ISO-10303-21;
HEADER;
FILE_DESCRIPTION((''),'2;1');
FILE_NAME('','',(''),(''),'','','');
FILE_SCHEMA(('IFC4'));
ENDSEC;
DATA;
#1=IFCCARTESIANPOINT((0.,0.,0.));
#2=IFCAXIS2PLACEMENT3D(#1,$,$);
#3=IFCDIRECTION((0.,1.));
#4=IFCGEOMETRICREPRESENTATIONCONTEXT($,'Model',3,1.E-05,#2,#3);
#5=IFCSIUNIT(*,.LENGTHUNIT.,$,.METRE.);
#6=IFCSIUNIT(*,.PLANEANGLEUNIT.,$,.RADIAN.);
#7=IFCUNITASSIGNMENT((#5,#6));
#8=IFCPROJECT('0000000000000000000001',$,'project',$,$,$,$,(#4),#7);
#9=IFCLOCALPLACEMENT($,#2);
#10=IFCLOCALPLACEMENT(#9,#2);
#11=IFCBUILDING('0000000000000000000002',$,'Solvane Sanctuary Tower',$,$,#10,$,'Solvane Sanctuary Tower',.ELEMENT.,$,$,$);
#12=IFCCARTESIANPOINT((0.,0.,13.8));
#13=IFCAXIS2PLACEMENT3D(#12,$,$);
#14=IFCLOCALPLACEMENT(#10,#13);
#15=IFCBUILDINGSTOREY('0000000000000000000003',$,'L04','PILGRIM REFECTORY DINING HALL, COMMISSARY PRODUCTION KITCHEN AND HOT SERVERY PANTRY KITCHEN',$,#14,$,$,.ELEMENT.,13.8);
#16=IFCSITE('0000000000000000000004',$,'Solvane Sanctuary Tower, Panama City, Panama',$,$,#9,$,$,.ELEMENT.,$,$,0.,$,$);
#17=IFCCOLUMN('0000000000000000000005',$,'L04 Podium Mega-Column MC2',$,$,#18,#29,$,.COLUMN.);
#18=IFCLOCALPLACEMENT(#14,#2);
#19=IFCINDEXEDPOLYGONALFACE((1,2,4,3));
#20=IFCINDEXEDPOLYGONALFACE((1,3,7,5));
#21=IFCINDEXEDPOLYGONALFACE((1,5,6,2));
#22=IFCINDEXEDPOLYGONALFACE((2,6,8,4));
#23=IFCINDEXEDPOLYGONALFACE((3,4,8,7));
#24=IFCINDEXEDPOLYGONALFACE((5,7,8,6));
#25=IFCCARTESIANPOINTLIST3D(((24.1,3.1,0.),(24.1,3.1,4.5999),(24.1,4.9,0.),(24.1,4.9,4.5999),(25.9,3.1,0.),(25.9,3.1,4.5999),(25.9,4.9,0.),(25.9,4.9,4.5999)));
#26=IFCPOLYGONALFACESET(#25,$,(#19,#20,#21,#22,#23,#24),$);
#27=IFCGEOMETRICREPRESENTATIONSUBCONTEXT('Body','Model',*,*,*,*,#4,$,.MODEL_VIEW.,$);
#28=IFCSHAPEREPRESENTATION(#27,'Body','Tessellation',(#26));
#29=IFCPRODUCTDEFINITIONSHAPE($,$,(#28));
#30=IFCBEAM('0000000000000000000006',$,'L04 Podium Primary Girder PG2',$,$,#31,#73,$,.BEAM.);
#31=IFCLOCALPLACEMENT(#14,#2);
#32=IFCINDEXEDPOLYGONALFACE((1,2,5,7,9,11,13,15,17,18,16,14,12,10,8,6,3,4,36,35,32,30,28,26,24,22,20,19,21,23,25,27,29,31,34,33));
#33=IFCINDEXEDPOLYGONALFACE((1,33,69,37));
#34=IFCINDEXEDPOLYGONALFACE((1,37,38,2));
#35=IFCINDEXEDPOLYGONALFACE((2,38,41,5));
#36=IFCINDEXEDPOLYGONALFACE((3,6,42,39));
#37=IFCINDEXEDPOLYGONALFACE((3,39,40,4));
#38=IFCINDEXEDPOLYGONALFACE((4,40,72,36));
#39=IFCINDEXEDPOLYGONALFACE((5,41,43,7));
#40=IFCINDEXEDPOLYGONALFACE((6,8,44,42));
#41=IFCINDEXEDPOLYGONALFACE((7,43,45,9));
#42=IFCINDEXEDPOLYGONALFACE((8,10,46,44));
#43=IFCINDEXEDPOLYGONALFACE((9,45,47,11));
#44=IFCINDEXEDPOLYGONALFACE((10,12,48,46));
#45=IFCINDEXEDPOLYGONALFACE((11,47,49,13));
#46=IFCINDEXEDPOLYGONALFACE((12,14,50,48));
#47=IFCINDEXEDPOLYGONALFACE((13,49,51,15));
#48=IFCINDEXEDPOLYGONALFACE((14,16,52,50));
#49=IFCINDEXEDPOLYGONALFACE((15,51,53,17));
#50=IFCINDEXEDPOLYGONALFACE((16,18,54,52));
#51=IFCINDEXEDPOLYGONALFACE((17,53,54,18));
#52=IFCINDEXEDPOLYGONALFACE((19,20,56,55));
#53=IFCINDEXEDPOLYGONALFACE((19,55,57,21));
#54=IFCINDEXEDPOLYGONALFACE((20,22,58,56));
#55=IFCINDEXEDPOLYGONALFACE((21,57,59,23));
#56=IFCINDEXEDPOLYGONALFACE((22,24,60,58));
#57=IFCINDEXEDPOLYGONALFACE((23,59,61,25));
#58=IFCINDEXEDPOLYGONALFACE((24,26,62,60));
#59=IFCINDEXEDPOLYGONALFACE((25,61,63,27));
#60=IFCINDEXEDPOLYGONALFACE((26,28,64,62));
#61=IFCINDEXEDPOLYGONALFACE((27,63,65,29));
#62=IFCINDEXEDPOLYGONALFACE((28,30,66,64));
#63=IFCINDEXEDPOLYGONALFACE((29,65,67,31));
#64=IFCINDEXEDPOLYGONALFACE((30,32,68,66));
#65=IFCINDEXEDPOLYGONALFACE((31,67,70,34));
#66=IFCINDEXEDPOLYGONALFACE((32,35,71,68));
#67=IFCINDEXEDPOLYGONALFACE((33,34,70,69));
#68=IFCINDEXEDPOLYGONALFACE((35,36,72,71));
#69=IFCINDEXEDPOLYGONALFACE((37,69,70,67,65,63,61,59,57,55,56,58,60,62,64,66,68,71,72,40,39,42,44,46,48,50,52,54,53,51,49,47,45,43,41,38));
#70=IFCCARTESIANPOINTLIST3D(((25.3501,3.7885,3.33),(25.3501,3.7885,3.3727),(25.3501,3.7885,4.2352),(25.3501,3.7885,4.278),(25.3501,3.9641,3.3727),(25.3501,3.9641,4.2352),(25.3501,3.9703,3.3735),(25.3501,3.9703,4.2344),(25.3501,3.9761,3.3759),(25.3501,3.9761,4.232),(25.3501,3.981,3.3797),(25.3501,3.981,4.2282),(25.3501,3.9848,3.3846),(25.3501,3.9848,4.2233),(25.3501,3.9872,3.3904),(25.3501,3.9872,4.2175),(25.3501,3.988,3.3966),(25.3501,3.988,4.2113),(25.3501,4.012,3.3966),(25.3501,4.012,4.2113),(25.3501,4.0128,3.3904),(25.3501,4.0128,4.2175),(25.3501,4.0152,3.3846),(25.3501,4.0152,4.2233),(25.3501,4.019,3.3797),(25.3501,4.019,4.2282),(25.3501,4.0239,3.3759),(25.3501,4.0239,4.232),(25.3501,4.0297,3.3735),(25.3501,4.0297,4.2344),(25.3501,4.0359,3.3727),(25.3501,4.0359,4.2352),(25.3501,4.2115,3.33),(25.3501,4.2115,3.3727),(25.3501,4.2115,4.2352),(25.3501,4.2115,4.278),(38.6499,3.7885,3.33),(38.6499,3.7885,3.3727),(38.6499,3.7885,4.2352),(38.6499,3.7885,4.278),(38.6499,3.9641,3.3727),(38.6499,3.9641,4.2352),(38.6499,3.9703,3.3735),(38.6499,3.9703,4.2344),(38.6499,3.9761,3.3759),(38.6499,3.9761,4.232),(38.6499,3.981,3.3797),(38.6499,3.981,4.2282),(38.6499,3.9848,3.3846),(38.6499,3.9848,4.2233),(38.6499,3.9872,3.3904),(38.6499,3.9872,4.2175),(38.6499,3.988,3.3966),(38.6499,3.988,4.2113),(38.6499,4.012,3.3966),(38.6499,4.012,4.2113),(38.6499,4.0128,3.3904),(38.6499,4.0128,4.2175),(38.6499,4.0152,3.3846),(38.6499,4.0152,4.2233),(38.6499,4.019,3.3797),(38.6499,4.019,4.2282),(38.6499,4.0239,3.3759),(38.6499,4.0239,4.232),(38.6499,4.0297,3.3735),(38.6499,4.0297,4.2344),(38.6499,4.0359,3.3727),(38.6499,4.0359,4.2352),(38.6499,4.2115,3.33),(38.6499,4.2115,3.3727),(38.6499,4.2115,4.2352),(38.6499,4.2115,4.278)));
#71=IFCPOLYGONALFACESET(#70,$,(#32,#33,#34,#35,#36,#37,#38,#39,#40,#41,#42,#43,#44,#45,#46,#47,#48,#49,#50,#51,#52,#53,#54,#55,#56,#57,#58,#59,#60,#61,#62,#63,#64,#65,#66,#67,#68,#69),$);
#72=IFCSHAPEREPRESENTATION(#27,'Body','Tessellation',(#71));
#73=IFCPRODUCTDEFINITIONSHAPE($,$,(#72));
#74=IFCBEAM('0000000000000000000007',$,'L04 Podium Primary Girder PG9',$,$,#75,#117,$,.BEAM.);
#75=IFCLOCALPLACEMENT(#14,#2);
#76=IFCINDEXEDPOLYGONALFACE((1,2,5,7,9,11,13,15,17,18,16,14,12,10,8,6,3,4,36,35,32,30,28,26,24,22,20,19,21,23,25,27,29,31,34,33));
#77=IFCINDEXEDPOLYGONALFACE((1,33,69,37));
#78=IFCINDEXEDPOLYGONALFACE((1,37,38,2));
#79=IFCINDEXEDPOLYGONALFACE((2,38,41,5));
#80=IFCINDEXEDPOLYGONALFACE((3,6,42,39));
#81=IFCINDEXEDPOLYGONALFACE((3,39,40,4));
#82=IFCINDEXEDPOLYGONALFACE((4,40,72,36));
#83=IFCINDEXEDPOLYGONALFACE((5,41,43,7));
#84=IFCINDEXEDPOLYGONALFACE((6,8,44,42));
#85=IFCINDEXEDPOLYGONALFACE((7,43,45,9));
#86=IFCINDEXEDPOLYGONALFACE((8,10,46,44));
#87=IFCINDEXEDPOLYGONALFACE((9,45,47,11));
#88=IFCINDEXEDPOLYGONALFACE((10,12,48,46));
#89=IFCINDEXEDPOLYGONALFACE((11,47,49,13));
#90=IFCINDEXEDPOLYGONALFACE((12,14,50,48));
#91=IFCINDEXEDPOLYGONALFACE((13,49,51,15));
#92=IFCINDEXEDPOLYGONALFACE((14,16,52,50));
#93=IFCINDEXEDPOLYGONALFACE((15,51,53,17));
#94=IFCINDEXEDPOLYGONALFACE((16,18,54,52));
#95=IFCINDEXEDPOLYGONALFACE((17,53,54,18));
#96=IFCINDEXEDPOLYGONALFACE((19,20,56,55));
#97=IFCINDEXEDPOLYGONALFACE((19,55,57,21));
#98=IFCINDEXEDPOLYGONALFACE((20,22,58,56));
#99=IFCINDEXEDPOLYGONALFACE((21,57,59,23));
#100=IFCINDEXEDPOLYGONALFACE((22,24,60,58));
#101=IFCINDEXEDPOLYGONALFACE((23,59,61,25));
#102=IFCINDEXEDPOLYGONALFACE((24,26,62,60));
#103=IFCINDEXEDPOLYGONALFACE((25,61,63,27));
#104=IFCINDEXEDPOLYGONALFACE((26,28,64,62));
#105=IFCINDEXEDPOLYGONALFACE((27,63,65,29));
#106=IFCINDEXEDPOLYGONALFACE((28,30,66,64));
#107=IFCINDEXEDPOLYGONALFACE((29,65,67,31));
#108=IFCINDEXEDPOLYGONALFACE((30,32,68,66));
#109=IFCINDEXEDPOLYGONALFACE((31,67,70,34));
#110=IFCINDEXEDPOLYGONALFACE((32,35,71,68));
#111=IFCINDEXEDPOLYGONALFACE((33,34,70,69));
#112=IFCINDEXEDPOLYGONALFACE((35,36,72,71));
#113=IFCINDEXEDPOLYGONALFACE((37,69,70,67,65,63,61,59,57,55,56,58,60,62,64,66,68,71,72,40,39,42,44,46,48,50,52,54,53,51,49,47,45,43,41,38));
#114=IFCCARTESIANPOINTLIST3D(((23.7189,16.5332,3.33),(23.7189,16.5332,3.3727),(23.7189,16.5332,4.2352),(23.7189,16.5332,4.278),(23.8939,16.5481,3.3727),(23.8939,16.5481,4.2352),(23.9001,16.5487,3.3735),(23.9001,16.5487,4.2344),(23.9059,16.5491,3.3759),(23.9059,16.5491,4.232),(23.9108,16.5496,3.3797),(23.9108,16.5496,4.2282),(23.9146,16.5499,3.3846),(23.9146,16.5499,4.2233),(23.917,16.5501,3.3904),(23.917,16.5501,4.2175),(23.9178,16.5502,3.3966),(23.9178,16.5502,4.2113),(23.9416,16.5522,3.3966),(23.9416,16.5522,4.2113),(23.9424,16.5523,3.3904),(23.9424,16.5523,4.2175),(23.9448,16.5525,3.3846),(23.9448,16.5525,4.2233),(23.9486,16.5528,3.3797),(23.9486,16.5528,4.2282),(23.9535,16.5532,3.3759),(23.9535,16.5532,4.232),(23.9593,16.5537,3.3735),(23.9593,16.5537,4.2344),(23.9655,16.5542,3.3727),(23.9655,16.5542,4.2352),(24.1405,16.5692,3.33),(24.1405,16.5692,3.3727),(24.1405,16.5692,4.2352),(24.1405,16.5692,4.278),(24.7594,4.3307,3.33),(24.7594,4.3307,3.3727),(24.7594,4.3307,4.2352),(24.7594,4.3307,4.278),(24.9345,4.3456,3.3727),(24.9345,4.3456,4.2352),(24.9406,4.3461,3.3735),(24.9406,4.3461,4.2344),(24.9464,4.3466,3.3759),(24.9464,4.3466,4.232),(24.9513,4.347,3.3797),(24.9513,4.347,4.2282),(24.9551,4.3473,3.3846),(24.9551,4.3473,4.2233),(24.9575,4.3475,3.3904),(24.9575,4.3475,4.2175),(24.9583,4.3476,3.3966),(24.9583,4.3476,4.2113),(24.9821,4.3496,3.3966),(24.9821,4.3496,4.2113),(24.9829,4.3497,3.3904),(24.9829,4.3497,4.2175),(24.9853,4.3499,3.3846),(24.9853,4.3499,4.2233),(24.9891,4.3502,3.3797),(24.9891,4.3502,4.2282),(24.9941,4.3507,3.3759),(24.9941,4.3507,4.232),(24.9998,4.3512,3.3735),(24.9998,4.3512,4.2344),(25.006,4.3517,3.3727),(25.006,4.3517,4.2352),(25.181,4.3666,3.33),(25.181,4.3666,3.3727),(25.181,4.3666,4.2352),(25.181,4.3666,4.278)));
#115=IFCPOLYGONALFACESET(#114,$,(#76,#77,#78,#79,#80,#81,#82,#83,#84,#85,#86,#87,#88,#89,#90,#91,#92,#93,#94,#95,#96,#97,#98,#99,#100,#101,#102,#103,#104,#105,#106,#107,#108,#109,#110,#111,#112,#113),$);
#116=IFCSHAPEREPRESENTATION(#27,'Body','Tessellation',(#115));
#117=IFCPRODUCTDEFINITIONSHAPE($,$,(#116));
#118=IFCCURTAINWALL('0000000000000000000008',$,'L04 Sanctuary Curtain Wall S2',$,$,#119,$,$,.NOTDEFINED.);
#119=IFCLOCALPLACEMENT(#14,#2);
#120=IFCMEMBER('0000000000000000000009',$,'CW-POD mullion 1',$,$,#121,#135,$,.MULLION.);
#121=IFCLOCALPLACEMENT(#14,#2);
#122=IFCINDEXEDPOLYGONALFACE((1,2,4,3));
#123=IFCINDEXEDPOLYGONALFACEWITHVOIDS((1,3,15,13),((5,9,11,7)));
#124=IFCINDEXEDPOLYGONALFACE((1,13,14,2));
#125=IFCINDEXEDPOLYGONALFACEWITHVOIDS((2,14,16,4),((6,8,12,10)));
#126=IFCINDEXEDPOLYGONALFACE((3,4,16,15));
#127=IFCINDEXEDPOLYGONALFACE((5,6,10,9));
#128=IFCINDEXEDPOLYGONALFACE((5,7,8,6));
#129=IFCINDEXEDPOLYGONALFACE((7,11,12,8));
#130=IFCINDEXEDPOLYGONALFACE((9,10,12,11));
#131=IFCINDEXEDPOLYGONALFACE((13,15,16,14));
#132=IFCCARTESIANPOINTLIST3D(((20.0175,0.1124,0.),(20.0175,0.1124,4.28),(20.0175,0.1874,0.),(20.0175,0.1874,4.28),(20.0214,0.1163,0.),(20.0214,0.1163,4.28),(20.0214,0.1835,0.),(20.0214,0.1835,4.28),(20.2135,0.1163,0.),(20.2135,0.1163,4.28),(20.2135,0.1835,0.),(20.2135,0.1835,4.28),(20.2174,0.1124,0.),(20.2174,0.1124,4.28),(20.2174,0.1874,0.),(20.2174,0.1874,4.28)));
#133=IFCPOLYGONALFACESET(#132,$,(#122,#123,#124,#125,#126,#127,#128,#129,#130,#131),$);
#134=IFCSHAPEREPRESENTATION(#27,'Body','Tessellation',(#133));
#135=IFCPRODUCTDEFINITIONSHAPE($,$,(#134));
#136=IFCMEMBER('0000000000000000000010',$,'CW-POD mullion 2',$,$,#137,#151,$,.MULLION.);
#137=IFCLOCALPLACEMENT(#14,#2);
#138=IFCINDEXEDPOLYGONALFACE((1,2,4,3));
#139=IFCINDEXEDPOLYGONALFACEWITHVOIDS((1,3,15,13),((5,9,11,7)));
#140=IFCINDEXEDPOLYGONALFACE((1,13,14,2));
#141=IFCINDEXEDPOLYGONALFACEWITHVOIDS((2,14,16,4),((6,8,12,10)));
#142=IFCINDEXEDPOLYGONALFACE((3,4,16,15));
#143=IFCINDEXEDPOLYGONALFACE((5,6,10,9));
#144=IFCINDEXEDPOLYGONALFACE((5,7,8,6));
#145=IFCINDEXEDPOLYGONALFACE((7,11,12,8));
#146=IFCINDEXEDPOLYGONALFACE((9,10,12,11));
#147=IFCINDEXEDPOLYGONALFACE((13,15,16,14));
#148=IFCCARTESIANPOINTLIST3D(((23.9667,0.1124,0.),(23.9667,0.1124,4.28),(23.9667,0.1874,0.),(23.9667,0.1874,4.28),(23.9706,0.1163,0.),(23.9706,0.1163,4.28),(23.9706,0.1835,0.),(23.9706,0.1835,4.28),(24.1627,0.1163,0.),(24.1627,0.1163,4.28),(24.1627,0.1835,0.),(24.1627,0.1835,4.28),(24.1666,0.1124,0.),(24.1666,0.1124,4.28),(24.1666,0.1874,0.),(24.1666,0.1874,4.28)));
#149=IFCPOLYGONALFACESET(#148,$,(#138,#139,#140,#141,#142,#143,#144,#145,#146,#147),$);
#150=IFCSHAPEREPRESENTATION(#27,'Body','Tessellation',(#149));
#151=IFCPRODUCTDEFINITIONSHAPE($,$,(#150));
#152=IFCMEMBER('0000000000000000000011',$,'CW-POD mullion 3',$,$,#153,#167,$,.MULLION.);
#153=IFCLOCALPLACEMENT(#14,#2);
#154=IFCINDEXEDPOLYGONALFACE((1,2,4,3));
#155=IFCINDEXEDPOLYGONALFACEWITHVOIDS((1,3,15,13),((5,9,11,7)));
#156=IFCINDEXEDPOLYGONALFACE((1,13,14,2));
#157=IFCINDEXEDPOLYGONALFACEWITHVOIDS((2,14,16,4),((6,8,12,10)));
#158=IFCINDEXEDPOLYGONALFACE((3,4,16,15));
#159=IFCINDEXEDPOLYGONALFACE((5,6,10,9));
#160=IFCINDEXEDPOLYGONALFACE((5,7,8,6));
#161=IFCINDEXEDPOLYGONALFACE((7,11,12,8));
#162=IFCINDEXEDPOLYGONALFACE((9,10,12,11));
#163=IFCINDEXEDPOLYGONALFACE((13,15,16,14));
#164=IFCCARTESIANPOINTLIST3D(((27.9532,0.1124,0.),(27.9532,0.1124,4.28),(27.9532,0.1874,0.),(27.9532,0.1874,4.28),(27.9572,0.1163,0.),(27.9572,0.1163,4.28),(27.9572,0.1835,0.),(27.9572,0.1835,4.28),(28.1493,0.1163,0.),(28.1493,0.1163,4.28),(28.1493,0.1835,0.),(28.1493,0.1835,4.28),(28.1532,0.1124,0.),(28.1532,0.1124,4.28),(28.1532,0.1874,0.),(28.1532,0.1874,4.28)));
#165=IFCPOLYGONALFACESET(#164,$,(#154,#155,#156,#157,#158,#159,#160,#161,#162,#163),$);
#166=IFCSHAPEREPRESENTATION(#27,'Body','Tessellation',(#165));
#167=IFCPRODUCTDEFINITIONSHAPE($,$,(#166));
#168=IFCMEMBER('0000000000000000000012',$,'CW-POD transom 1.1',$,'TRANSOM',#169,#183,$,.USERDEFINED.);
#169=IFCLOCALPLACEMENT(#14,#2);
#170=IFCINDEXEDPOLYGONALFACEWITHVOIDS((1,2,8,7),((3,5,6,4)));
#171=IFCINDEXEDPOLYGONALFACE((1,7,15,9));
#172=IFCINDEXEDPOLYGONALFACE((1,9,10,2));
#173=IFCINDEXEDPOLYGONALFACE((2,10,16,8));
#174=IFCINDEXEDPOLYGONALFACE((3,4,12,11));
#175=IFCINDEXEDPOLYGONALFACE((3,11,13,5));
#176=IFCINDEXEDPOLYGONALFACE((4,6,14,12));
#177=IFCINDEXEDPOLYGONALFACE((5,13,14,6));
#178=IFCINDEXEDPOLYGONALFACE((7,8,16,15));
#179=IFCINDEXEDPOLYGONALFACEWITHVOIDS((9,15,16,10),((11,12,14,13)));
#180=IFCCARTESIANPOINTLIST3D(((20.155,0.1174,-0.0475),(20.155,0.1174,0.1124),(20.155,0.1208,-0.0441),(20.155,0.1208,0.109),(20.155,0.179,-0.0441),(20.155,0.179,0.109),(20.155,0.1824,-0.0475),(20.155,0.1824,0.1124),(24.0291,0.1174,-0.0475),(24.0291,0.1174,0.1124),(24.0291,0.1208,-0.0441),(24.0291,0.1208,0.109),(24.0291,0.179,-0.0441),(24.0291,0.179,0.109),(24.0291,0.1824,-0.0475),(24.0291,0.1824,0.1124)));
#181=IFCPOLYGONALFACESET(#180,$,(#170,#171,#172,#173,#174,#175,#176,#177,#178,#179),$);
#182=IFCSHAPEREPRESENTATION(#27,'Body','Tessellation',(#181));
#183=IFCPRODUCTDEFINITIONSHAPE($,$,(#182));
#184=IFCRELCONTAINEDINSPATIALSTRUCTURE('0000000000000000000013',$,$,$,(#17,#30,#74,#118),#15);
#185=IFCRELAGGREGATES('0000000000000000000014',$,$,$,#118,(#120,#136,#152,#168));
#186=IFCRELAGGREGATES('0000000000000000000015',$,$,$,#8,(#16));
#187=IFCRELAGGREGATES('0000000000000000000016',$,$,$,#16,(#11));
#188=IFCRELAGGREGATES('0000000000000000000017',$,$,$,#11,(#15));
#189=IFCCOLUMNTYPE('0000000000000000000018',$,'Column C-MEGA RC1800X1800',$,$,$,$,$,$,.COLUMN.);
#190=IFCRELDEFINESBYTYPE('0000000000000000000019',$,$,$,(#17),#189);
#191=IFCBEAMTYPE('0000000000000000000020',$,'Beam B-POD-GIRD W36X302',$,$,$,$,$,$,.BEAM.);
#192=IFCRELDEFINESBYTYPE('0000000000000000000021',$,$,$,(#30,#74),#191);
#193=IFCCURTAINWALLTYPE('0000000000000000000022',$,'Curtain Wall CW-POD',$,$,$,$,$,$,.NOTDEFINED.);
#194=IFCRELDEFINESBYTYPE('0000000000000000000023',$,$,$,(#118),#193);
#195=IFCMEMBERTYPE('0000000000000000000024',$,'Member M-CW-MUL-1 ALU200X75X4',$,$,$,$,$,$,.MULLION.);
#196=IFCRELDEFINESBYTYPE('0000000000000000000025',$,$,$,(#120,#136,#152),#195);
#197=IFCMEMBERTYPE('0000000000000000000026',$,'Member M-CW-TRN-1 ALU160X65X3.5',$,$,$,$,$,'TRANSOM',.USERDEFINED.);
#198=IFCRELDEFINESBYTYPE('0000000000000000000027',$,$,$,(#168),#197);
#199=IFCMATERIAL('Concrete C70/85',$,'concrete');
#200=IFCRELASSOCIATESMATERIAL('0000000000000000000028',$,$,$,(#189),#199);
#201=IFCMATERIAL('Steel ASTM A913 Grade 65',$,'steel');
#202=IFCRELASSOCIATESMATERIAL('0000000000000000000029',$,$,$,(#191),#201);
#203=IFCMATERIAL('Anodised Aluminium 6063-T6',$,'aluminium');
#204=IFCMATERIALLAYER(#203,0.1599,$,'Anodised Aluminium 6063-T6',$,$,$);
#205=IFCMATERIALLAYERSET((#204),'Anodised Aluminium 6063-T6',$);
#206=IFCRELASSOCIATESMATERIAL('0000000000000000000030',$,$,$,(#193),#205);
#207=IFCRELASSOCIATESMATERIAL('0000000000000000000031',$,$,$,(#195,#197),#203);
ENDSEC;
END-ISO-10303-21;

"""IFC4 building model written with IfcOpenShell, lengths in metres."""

from ifc_helpers import new_model, si_unit, direction, frame, origin, origin_2d, place, context, subcontext, project, spatial, rectangle, hollow_rectangle, i_section, extrude, material, layer, layer_set, material_profile, profile_set, type_object, element, aggregate, save


model = new_model("IFC4")

# Units and contexts
model_context = context("Model", 3, precision=1e-05, world=origin(), true_north=direction((0.0, 1.0)))
body_context = subcontext(model_context, "Body", "Model", "MODEL_VIEW")
ifc_project = project(units=[si_unit("LENGTHUNIT", "METRE"), si_unit("PLANEANGLEUNIT", "RADIAN")], contexts=[model_context])

# Site, building, storey
site_placement = place(None, origin())
site = spatial("IfcSite", under=ifc_project, at=site_placement, Name="Solvane Sanctuary Tower, Panama City, Panama", CompositionType="ELEMENT", RefElevation=0.0)
building_placement = place(site_placement, origin())
building = spatial("IfcBuilding", under=site, at=building_placement, Name="Solvane Sanctuary Tower", LongName="Solvane Sanctuary Tower", CompositionType="ELEMENT")
storey_placement = place(building_placement, frame((0.0, 0.0, 13.8)))
storey = spatial("IfcBuildingStorey", under=building, at=storey_placement, Name="L04", Description="PILGRIM REFECTORY DINING HALL, COMMISSARY PRODUCTION KITCHEN AND HOT SERVERY PANTRY KITCHEN", CompositionType="ELEMENT", Elevation=13.8)

# Column
ifc_material_1 = material(Name="Concrete C70/85", Category="concrete")
ifc_material_profile_1 = material_profile(ifc_material_1, rectangle(XDim=1.8, YDim=1.8, at=origin_2d()), Name="RC1800X1800")
ifc_profile_set_1 = profile_set([ifc_material_profile_1], Name="Concrete C70/85")
column_type = type_object("IfcColumnType", Name="Column C-MEGA RC1800X1800", PredefinedType="COLUMN", material=ifc_profile_set_1)
column_placement = place(storey_placement, frame((25.0, 4.0, 0.0), z_axis=(0.0, 0.0, 1.0), x_axis=(1.0, 0.0, 0.0)))
element("IfcColumn", 1, at=column_placement, inside=storey, type_object=column_type, Name="L04 Podium Mega-Column MC2", PredefinedType="COLUMN", context=body_context, shape_type="SweptSolid", body=[
    extrude(rectangle(XDim=1.8, YDim=1.8, at=origin_2d()), origin(), (0.0, 0.0, 1.0), 4.5999),
])

# Beams
ifc_material_2 = material(Name="Steel ASTM A913 Grade 65", Category="steel")
ifc_material_profile_2 = material_profile(ifc_material_2, i_section(OverallWidth=0.4231, OverallDepth=0.948, WebThickness=0.0239, FlangeThickness=0.0427, FilletRadius=0.0239, at=origin_2d()), Name="W36X302")
ifc_profile_set_2 = profile_set([ifc_material_profile_2], Name="Steel ASTM A913 Grade 65")
beam_type = type_object("IfcBeamType", Name="Beam B-POD-GIRD W36X302", PredefinedType="BEAM", material=ifc_profile_set_2)
beam_1_placement = place(storey_placement, frame((25.3501, 4.0, 3.804), z_axis=(1.0, 0.0, 0.0), x_axis=(0.0, 1.0, 0.0)))
element("IfcBeam", 2, at=beam_1_placement, inside=storey, type_object=beam_type, Name="L04 Podium Primary Girder PG2", PredefinedType="BEAM", context=body_context, shape_type="SweptSolid", body=[
    extrude(i_section(OverallWidth=0.4231, OverallDepth=0.948, WebThickness=0.0239, FlangeThickness=0.0427, FilletRadius=0.0239, at=origin_2d()), origin(), (0.0, 0.0, 1.0), 13.2998),
])
beam_2_placement = place(storey_placement, frame((24.9702, 4.3486, 3.804), z_axis=(-0.084962, 0.996384, 0.0), x_axis=(-0.996384, -0.084962, 0.0)))
element("IfcBeam", 3, at=beam_2_placement, inside=storey, type_object=beam_type, Name="L04 Podium Primary Girder PG9", PredefinedType="BEAM", context=body_context, shape_type="SweptSolid", body=[
    extrude(i_section(OverallWidth=0.4231, OverallDepth=0.948, WebThickness=0.0239, FlangeThickness=0.0427, FilletRadius=0.0239, at=origin_2d()), origin(), (0.0, 0.0, 1.0), 12.2468),
])

# Curtain wall, members
ifc_material_3 = material(Name="Anodised Aluminium 6063-T6", Category="aluminium")
ifc_layer_1 = layer(ifc_material_3, 0.1599, Name="Anodised Aluminium 6063-T6")
ifc_layer_set_1 = layer_set([ifc_layer_1], Name="Anodised Aluminium 6063-T6")
curtain_wall_type = type_object("IfcCurtainWallType", Name="Curtain Wall CW-POD", PredefinedType="NOTDEFINED", material=ifc_layer_set_1)
curtain_wall_placement = place(storey_placement, origin())
curtain_wall = element("IfcCurtainWall", 4, at=curtain_wall_placement, inside=storey, type_object=curtain_wall_type, Name="L04 Sanctuary Curtain Wall S2", PredefinedType="NOTDEFINED")
ifc_material_profile_3 = material_profile(ifc_material_3, hollow_rectangle(XDim=0.075, YDim=0.2, WallThickness=0.0039, at=origin_2d()), Name="ALU200X75X4")
ifc_profile_set_3 = profile_set([ifc_material_profile_3], Name="Anodised Aluminium 6063-T6")
member_type_1 = type_object("IfcMemberType", Name="Member M-CW-MUL-1 ALU200X75X4", PredefinedType="MULLION", material=ifc_profile_set_3)
member_1_placement = place(storey_placement, frame((20.1174, 0.1499, 0.0), z_axis=(0.0, 0.0, 1.0), x_axis=(0.0, 1.0, 0.0)))
member_1 = element("IfcMember", 5, at=member_1_placement, type_object=member_type_1, Name="CW-POD mullion 1", PredefinedType="MULLION", context=body_context, shape_type="SweptSolid", body=[
    extrude(hollow_rectangle(XDim=0.075, YDim=0.2, WallThickness=0.0039, at=origin_2d()), origin(), (0.0, 0.0, 1.0), 4.28),
])
member_2_placement = place(storey_placement, frame((24.0667, 0.1499, 0.0), z_axis=(0.0, 0.0, 1.0), x_axis=(0.0, 1.0, 0.0)))
member_2 = element("IfcMember", 6, at=member_2_placement, type_object=member_type_1, Name="CW-POD mullion 2", PredefinedType="MULLION", context=body_context, shape_type="SweptSolid", body=[
    extrude(hollow_rectangle(XDim=0.075, YDim=0.2, WallThickness=0.0039, at=origin_2d()), origin(), (0.0, 0.0, 1.0), 4.28),
])
member_3_placement = place(storey_placement, frame((28.0532, 0.1499, 0.0), z_axis=(0.0, 0.0, 1.0), x_axis=(0.0, 1.0, 0.0)))
member_3 = element("IfcMember", 7, at=member_3_placement, type_object=member_type_1, Name="CW-POD mullion 3", PredefinedType="MULLION", context=body_context, shape_type="SweptSolid", body=[
    extrude(hollow_rectangle(XDim=0.075, YDim=0.2, WallThickness=0.0039, at=origin_2d()), origin(), (0.0, 0.0, 1.0), 4.28),
])
ifc_material_profile_4 = material_profile(ifc_material_3, hollow_rectangle(XDim=0.0649, YDim=0.1599, WallThickness=0.0034, at=origin_2d()), Name="ALU160X65X3.5")
ifc_profile_set_4 = profile_set([ifc_material_profile_4], Name="Anodised Aluminium 6063-T6")
member_type_2 = type_object("IfcMemberType", Name="Member M-CW-TRN-1 ALU160X65X3.5", ElementType="TRANSOM", PredefinedType="USERDEFINED", material=ifc_profile_set_4)
member_4_placement = place(storey_placement, frame((20.155, 0.1499, 0.0325), z_axis=(1.0, 0.0, 0.0), x_axis=(0.0, 1.0, 0.0)))
member_4 = element("IfcMember", 8, at=member_4_placement, type_object=member_type_2, Name="CW-POD transom 1.1", ObjectType="TRANSOM", PredefinedType="USERDEFINED", context=body_context, shape_type="SweptSolid", body=[
    extrude(hollow_rectangle(XDim=0.0649, YDim=0.1599, WallThickness=0.0034, at=origin_2d()), origin(), (0.0, 0.0, 1.0), 3.874),
])
aggregate(curtain_wall, [member_1, member_2, member_3, member_4])

save(model, "model.ifc")
